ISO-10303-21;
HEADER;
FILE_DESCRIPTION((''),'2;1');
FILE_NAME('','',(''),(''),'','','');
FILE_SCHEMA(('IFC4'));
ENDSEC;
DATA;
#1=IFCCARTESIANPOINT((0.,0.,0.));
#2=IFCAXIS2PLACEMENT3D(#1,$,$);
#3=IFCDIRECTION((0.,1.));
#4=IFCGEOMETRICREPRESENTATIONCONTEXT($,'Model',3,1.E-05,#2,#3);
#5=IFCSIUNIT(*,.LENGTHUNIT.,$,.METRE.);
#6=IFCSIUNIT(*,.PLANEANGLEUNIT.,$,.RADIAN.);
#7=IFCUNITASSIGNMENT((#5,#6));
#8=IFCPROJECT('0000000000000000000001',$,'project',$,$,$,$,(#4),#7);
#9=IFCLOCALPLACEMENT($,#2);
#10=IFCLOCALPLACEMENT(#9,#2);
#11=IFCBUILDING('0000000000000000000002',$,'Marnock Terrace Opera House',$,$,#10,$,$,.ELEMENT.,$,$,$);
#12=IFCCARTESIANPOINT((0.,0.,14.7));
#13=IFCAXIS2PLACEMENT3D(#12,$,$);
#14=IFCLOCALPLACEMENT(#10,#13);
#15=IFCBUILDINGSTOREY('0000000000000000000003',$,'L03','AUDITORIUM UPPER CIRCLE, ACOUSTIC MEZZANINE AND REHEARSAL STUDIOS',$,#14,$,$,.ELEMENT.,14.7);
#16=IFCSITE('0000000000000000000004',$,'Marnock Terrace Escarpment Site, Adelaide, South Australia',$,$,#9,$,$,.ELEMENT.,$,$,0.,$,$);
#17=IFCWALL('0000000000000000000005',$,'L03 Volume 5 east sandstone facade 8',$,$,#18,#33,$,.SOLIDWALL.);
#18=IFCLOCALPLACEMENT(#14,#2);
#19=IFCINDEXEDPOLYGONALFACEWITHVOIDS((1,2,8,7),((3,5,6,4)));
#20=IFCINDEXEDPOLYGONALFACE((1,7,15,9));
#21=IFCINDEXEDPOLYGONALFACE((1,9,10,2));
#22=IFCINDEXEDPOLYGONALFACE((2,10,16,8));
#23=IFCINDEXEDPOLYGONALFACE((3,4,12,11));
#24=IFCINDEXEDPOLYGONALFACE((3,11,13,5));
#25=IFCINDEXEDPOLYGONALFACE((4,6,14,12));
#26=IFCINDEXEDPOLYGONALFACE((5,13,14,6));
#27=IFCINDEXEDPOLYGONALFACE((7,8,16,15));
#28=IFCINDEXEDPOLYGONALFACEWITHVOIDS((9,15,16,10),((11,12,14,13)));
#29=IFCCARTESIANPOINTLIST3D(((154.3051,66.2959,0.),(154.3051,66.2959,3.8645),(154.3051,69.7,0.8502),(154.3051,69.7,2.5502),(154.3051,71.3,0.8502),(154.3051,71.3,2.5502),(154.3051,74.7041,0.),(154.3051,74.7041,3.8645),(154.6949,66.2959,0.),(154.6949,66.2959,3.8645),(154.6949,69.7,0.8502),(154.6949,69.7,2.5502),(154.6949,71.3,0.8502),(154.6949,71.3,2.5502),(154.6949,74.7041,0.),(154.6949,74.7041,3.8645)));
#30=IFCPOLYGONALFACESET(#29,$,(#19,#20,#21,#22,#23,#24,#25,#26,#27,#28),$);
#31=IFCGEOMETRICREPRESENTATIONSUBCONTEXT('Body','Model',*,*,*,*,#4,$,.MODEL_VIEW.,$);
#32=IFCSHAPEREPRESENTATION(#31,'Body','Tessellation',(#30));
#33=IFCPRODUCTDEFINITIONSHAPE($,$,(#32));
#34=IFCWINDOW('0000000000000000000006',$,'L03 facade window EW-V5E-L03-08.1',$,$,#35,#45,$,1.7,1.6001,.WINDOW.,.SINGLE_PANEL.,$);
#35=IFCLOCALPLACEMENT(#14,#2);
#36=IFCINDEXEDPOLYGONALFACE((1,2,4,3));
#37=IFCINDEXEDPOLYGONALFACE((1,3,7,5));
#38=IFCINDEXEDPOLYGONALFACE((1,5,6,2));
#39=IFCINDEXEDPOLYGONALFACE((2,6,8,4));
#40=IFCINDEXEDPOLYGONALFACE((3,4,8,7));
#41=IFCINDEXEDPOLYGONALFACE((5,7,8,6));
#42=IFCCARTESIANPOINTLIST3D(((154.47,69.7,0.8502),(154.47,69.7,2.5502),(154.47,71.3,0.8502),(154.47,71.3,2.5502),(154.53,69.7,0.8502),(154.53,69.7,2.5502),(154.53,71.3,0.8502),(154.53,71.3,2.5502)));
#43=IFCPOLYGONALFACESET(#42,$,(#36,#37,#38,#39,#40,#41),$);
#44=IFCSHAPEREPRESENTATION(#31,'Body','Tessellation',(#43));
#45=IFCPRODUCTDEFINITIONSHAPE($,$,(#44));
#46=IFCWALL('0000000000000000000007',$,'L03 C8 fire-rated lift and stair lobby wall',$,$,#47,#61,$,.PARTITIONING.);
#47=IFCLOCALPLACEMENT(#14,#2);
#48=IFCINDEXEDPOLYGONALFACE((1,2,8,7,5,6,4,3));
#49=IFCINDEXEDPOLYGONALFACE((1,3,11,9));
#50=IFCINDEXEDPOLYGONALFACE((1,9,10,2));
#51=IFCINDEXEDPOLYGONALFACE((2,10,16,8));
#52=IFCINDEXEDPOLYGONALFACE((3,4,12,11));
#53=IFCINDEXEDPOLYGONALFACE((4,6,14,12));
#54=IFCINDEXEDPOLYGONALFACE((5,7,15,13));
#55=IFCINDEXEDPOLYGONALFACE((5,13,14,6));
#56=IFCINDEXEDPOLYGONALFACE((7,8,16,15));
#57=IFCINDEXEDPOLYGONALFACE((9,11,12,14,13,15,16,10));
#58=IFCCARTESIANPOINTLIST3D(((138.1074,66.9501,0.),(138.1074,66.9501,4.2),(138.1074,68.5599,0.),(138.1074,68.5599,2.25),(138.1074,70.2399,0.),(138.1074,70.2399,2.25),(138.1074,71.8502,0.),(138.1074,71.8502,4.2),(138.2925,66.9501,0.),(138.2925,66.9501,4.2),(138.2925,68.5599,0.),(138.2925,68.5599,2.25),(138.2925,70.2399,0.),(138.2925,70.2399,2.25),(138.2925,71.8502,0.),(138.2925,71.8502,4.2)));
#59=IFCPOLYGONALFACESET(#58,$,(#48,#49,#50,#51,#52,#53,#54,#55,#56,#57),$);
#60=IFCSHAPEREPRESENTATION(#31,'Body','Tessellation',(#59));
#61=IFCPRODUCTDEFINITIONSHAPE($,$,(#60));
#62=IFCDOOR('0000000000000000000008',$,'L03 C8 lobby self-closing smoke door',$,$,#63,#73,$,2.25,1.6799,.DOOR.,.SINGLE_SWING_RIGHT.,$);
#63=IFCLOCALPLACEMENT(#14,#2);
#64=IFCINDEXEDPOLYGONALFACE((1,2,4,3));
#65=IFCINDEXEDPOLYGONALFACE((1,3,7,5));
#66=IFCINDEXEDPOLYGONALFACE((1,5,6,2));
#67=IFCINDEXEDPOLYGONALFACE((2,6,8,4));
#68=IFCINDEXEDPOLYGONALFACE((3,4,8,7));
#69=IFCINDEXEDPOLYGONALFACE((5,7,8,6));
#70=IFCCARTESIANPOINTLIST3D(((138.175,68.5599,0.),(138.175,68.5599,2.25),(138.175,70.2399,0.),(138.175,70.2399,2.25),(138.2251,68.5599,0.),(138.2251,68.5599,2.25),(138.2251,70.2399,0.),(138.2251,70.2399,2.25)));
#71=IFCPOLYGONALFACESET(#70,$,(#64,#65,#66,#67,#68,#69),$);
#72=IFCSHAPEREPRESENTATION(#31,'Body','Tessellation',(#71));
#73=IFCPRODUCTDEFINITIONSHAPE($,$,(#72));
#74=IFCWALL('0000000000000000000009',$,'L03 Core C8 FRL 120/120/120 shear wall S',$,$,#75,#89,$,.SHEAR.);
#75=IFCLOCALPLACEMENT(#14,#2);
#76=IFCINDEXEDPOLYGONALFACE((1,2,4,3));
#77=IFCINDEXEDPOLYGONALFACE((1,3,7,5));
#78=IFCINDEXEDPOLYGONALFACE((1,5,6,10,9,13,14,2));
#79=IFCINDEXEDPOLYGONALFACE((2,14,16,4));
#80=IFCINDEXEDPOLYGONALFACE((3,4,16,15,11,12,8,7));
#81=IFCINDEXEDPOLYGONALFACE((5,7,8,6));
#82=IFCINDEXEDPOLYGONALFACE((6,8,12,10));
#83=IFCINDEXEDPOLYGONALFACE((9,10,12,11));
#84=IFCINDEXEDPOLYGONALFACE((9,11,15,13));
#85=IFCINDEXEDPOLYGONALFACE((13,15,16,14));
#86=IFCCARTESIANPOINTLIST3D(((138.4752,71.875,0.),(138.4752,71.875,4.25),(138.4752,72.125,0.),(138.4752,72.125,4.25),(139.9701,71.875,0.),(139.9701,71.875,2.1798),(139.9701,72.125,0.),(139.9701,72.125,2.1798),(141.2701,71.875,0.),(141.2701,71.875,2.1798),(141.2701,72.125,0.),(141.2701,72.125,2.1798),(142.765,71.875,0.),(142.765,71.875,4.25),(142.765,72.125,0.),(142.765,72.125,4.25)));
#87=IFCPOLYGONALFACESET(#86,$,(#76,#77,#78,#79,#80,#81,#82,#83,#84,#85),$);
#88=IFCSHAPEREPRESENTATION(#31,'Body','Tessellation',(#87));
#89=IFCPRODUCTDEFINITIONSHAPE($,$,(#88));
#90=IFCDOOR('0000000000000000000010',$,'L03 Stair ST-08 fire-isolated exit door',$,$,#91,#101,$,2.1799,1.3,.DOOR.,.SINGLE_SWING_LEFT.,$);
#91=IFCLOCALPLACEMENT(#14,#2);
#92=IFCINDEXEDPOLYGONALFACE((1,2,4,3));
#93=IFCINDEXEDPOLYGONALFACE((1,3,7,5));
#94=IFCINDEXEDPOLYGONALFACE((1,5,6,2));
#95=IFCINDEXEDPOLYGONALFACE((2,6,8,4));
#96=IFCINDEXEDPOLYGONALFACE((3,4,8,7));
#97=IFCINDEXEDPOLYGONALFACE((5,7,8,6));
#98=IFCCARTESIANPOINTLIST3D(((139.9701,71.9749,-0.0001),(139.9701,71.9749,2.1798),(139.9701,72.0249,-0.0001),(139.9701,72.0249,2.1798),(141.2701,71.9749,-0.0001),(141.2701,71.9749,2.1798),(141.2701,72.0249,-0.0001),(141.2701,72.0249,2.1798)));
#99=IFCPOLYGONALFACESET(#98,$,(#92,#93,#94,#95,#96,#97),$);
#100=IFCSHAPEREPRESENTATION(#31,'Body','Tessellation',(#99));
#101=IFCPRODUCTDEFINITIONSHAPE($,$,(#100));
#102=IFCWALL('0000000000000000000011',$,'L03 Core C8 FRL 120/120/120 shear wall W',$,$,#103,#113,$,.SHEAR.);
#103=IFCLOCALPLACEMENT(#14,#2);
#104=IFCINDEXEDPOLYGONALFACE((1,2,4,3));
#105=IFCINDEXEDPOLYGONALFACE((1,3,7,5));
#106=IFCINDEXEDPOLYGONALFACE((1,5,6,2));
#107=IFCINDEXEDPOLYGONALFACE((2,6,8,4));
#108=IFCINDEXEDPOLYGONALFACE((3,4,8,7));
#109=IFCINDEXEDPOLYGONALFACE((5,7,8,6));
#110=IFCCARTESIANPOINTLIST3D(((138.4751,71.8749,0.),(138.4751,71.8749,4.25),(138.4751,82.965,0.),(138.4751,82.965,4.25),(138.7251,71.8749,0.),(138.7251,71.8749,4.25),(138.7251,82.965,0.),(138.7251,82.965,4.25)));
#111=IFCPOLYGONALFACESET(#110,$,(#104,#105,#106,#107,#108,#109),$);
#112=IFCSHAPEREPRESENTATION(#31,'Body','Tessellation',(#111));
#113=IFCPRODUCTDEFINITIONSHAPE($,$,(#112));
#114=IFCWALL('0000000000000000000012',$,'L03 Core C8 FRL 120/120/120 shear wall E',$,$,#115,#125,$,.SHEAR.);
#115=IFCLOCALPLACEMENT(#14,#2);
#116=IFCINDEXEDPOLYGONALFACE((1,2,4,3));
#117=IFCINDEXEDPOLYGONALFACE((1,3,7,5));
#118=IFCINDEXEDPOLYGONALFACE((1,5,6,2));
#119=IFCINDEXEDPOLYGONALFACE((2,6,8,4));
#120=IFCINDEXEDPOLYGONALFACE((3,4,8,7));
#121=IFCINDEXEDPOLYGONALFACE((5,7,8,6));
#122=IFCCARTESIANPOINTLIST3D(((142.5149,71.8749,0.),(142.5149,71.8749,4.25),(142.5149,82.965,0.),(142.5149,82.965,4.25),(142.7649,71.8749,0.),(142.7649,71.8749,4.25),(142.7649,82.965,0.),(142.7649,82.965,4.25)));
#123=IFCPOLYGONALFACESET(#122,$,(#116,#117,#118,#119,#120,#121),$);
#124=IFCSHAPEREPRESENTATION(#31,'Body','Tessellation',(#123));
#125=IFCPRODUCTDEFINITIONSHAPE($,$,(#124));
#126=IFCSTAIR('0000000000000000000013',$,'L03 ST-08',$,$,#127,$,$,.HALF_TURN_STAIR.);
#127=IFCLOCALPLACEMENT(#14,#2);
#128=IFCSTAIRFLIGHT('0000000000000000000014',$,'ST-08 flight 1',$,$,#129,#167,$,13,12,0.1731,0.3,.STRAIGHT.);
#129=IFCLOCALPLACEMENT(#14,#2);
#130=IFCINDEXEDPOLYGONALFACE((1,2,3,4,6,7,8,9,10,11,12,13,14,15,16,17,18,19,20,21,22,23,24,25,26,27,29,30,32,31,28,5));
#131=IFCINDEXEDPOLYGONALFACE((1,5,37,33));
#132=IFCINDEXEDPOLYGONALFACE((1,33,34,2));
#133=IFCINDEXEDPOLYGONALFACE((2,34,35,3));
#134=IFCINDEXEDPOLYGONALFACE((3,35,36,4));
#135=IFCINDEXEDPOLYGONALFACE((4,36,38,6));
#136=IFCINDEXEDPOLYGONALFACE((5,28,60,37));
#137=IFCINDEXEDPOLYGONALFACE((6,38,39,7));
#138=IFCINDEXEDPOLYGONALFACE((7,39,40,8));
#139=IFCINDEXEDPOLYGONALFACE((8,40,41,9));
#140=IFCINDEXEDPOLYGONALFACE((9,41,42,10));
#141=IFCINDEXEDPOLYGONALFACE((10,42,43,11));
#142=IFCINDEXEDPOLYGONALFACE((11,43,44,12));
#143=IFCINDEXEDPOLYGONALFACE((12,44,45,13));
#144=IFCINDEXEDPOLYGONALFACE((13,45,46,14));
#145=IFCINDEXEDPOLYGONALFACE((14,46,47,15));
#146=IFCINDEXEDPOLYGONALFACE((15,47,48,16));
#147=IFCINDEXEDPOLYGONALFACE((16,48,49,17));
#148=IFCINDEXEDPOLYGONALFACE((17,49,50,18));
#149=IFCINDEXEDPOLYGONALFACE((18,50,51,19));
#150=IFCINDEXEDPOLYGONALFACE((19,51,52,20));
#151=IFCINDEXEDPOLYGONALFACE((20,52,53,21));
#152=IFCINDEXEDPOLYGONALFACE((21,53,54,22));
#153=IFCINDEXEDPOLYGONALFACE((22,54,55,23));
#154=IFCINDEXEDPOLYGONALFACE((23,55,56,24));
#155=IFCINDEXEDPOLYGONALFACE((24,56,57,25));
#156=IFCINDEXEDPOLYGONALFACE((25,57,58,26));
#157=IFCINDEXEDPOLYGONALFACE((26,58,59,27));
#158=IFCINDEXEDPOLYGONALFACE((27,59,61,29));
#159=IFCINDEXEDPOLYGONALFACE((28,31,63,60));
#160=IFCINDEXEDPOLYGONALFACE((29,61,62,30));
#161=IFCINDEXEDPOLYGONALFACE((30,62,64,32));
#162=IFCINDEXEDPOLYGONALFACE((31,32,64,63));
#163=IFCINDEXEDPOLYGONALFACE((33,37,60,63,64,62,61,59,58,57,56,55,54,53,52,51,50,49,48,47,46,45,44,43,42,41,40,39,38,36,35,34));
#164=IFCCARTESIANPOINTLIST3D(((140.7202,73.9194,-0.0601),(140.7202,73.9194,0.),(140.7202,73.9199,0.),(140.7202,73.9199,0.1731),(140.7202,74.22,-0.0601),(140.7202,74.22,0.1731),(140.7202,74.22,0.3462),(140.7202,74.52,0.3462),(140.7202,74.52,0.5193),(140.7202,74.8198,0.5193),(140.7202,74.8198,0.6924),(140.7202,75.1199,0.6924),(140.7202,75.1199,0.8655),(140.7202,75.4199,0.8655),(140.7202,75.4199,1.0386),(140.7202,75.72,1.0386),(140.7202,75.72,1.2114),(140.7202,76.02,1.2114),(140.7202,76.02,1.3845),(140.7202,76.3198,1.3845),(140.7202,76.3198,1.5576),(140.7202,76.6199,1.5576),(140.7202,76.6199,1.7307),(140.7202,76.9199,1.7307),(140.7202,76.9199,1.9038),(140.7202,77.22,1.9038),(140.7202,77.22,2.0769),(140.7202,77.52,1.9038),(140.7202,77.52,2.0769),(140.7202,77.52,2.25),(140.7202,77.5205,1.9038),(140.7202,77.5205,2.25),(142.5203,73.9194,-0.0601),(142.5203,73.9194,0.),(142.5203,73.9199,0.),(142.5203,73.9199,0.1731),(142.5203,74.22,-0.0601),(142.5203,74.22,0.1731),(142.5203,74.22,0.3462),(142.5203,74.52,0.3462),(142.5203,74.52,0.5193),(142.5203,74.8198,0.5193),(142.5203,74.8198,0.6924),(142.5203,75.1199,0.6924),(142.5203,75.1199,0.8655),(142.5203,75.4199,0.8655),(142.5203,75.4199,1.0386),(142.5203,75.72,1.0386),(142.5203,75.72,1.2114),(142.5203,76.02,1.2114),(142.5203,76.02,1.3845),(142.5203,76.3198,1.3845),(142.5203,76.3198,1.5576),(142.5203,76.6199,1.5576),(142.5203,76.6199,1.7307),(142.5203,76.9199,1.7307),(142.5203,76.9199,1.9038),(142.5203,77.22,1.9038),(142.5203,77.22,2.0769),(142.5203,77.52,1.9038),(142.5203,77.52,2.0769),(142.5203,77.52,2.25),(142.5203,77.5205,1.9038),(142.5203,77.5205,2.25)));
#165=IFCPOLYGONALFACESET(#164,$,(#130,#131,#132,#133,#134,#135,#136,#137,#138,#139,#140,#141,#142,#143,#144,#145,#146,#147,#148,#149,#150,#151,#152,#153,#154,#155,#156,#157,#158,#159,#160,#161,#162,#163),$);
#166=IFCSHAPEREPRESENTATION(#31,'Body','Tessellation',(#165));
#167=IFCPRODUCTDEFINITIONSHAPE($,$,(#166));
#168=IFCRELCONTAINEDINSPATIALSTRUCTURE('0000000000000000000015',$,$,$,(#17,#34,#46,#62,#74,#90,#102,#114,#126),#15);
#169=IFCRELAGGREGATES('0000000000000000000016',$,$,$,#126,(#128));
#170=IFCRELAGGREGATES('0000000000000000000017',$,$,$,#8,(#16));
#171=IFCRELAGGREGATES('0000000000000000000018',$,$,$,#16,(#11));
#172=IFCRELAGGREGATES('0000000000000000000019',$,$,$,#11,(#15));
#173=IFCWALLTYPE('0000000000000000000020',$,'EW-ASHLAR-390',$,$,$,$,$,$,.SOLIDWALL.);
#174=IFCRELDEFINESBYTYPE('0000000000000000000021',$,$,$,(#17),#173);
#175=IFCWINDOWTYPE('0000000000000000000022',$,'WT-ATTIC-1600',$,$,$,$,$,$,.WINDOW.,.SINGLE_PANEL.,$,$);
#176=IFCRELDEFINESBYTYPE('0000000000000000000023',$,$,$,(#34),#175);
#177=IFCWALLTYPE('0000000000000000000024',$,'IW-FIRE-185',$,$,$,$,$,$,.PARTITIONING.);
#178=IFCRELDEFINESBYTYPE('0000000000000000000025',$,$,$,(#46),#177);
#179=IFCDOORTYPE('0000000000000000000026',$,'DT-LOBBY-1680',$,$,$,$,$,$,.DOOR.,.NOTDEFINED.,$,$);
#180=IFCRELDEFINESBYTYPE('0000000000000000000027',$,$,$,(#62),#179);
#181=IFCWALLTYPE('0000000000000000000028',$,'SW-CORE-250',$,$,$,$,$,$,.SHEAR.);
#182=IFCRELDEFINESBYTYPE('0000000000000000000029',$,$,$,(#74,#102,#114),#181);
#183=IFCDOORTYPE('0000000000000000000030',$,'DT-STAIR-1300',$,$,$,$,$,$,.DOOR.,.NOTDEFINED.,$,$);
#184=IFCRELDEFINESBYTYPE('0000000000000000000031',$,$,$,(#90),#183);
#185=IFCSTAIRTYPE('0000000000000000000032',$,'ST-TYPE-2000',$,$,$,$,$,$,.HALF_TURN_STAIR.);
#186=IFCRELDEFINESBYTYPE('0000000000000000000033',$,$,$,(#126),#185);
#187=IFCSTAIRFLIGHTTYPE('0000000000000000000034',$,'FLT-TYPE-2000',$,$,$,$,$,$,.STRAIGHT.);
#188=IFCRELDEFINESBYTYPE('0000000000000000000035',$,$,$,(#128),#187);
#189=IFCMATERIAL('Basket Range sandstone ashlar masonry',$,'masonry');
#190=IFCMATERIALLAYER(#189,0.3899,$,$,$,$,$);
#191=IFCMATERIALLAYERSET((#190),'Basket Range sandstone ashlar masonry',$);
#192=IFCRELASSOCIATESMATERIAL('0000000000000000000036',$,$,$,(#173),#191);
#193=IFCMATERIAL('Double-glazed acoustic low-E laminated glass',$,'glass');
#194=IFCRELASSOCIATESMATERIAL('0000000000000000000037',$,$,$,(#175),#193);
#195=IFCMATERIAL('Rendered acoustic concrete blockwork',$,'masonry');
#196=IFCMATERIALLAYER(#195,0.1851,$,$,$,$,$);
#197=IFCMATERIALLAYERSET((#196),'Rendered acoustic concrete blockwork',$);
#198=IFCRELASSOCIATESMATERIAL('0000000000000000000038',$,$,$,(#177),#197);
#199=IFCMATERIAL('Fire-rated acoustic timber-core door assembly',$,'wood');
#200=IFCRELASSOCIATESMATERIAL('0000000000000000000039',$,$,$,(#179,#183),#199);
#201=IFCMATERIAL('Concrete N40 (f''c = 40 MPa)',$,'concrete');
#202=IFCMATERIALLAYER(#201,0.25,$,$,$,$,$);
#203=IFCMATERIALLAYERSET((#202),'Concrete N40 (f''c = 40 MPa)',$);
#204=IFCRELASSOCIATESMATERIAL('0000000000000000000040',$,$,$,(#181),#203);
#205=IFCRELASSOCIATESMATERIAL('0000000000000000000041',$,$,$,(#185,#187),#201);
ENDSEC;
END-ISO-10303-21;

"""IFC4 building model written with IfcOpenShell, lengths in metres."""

from ifc_helpers import new_model, si_unit, direction, frame, frame_2d, origin, place, context, subcontext, project, spatial, polyline, rectangle, outline, extrude, material, layer, layer_set, type_object, element, fill, aggregate, save


model = new_model("IFC4")

# Units and contexts
model_context = context("Model", 3, precision=1e-05, world=origin(), true_north=direction((0.0, 1.0)))
body_context = subcontext(model_context, "Body", "Model", "MODEL_VIEW")
ifc_project = project(units=[si_unit("LENGTHUNIT", "METRE"), si_unit("PLANEANGLEUNIT", "RADIAN")], contexts=[model_context])

# Site, building, storey
site_placement = place(None, origin())
site = spatial("IfcSite", under=ifc_project, at=site_placement, Name="Marnock Terrace Escarpment Site, Adelaide, South Australia", CompositionType="ELEMENT", RefElevation=0.0)
building_placement = place(site_placement, origin())
building = spatial("IfcBuilding", under=site, at=building_placement, Name="Marnock Terrace Opera House", CompositionType="ELEMENT")
storey_placement = place(building_placement, frame((0.0, 0.0, 14.7)))
storey = spatial("IfcBuildingStorey", under=building, at=storey_placement, Name="L03", Description="AUDITORIUM UPPER CIRCLE, ACOUSTIC MEZZANINE AND REHEARSAL STUDIOS", CompositionType="ELEMENT", Elevation=14.7)

# Shared definitions
ifc_material_1 = material(Name="Concrete N40 (f'c = 40 MPa)", Category="concrete")

# Wall, opening, window
ifc_material_2 = material(Name="Basket Range sandstone ashlar masonry", Category="masonry")
ifc_layer_1 = layer(ifc_material_2, 0.3899)
ifc_layer_set_1 = layer_set([ifc_layer_1], Name="Basket Range sandstone ashlar masonry")
wall_type_1 = type_object("IfcWallType", Name="EW-ASHLAR-390", PredefinedType="SOLIDWALL", material=ifc_layer_set_1)
wall_1_placement = place(storey_placement, frame((154.5, 66.2959, 0.0), z_axis=(0.0, 0.0, 1.0), x_axis=(0.0, 1.0, 0.0)))
wall_1 = element("IfcWall", 1, at=wall_1_placement, inside=storey, type_object=wall_type_1, Name="L03 Volume 5 east sandstone facade 8", PredefinedType="SOLIDWALL", context=body_context, shape_type="SweptSolid", body=[
    extrude(rectangle(XDim=8.4082, YDim=0.3899, at=frame_2d((4.2041, 0.0))), origin(), (0.0, 0.0, 1.0), 3.8645),
])
opening_1_placement = place(wall_1_placement, frame((3.4041, 0.0, 0.8501)))
opening_1 = element("IfcOpeningElement", 2, at=opening_1_placement, cuts=wall_1, PredefinedType="OPENING", context=body_context, shape_type="SweptSolid", body=[
    extrude(rectangle(XDim=1.6001, YDim=1.7, at=frame_2d((0.8, 0.8501))), frame((0.0, 0.2048, 0.0), z_axis=(0.0, -1.0, 0.0), x_axis=(1.0, 0.0, 0.0)), (0.0, 0.0, 1.0), 0.4099),
])
ifc_material_3 = material(Name="Double-glazed acoustic low-E laminated glass", Category="glass")
window_type = type_object("IfcWindowType", Name="WT-ATTIC-1600", PartitioningType="SINGLE_PANEL", PredefinedType="WINDOW", material=ifc_material_3)
window_placement = place(opening_1_placement, origin())
window = element("IfcWindow", 3, at=window_placement, inside=storey, type_object=window_type, Name="L03 facade window EW-V5E-L03-08.1", OverallHeight=1.7, OverallWidth=1.6001, PartitioningType="SINGLE_PANEL", PredefinedType="WINDOW", context=body_context, shape_type="SweptSolid", body=[
    extrude(rectangle(XDim=1.6001, YDim=1.7, at=frame_2d((0.8, 0.8501))), frame((0.0, 0.03, 0.0), z_axis=(0.0, -1.0, 0.0), x_axis=(1.0, 0.0, 0.0)), (0.0, 0.0, 1.0), 0.0601),
])
fill(opening_1, window)

# Walls, openings, doors
ifc_material_4 = material(Name="Rendered acoustic concrete blockwork", Category="masonry")
ifc_layer_2 = layer(ifc_material_4, 0.1851)
ifc_layer_set_2 = layer_set([ifc_layer_2], Name="Rendered acoustic concrete blockwork")
wall_type_2 = type_object("IfcWallType", Name="IW-FIRE-185", PredefinedType="PARTITIONING", material=ifc_layer_set_2)
wall_2_placement = place(storey_placement, frame((138.2, 66.95, 0.0), z_axis=(0.0, 0.0, 1.0), x_axis=(0.0, 1.0, 0.0)))
wall_2 = element("IfcWall", 4, at=wall_2_placement, inside=storey, type_object=wall_type_2, Name="L03 C8 fire-rated lift and stair lobby wall", PredefinedType="PARTITIONING", context=body_context, shape_type="SweptSolid", body=[
    extrude(rectangle(XDim=4.9001, YDim=0.1851, at=frame_2d((2.4502, 0.0))), origin(), (0.0, 0.0, 1.0), 4.2),
])
opening_2_placement = place(wall_2_placement, frame((1.6101, 0.0, 0.0)))
opening_2 = element("IfcOpeningElement", 5, at=opening_2_placement, cuts=wall_2, PredefinedType="OPENING", context=body_context, shape_type="SweptSolid", body=[
    extrude(rectangle(XDim=1.6799, YDim=2.25, at=frame_2d((0.8398, 1.125))), frame((0.0, 0.1025, 0.0), z_axis=(0.0, -1.0, 0.0), x_axis=(1.0, 0.0, 0.0)), (0.0, 0.0, 1.0), 0.2051),
])
ifc_material_5 = material(Name="Fire-rated acoustic timber-core door assembly", Category="wood")
door_type_1 = type_object("IfcDoorType", Name="DT-LOBBY-1680", OperationType="NOTDEFINED", PredefinedType="DOOR", material=ifc_material_5)
door_1_placement = place(opening_2_placement, origin())
door_1 = element("IfcDoor", 6, at=door_1_placement, inside=storey, type_object=door_type_1, Name="L03 C8 lobby self-closing smoke door", OperationType="SINGLE_SWING_RIGHT", OverallHeight=2.25, OverallWidth=1.6799, PredefinedType="DOOR", context=body_context, shape_type="SweptSolid", body=[
    extrude(rectangle(XDim=1.6799, YDim=2.25, at=frame_2d((0.8398, 1.125))), frame((0.0, 0.0249, 0.0), z_axis=(0.0, -1.0, 0.0), x_axis=(1.0, 0.0, 0.0)), (0.0, 0.0, 1.0), 0.05),
])
fill(opening_2, door_1)
ifc_layer_3 = layer(ifc_material_1, 0.25)
ifc_layer_set_3 = layer_set([ifc_layer_3], Name="Concrete N40 (f'c = 40 MPa)")
wall_type_3 = type_object("IfcWallType", Name="SW-CORE-250", PredefinedType="SHEAR", material=ifc_layer_set_3)
wall_3_placement = place(storey_placement, frame((138.4751, 72.0, 0.0), z_axis=(0.0, 0.0, 1.0), x_axis=(1.0, 0.0, 0.0)))
wall_3 = element("IfcWall", 7, at=wall_3_placement, inside=storey, type_object=wall_type_3, Name="L03 Core C8 FRL 120/120/120 shear wall S", PredefinedType="SHEAR", context=body_context, shape_type="SweptSolid", body=[
    extrude(rectangle(XDim=4.2898, YDim=0.25, at=frame_2d((2.145, 0.0))), origin(), (0.0, 0.0, 1.0), 4.25),
])
opening_3_placement = place(wall_3_placement, frame((1.4951, 0.0, 0.0)))
opening_3 = element("IfcOpeningElement", 8, at=opening_3_placement, cuts=wall_3, PredefinedType="OPENING", context=body_context, shape_type="SweptSolid", body=[
    extrude(rectangle(XDim=1.3, YDim=2.1799, at=frame_2d((0.6499, 1.0898))), frame((0.0, 0.135, 0.0), z_axis=(0.0, -1.0, 0.0), x_axis=(1.0, 0.0, 0.0)), (0.0, 0.0, 1.0), 0.27),
])
door_type_2 = type_object("IfcDoorType", Name="DT-STAIR-1300", OperationType="NOTDEFINED", PredefinedType="DOOR", material=ifc_material_5)
door_2_placement = place(opening_3_placement, origin())
door_2 = element("IfcDoor", 9, at=door_2_placement, inside=storey, type_object=door_type_2, Name="L03 Stair ST-08 fire-isolated exit door", OperationType="SINGLE_SWING_LEFT", OverallHeight=2.1799, OverallWidth=1.3, PredefinedType="DOOR", context=body_context, shape_type="SweptSolid", body=[
    extrude(rectangle(XDim=1.3, YDim=2.1799, at=frame_2d((0.6499, 1.0898))), frame((0.0, 0.0249, 0.0), z_axis=(0.0, -1.0, 0.0), x_axis=(1.0, 0.0, 0.0)), (0.0, 0.0, 1.0), 0.05),
])
fill(opening_3, door_2)

# Walls
for number, where, z_axis, x_axis, name in (
    (10, (138.6001, 71.875, 0.0), (0.0, 0.0, 1.0), (0.0, 1.0, 0.0), "L03 Core C8 FRL 120/120/120 shear wall W"),
    (11, (142.6399, 71.875, 0.0), (0.0, 0.0, 1.0), (0.0, 1.0, 0.0), "L03 Core C8 FRL 120/120/120 shear wall E"),
):
    element("IfcWall", number, at=place(storey_placement, frame(where, z_axis=z_axis, x_axis=x_axis)), inside=storey, type_object=wall_type_3, Name=name, PredefinedType="SHEAR", context=body_context, shape_type="SweptSolid", body=[
        extrude(rectangle(XDim=11.0901, YDim=0.25, at=frame_2d((5.5449, 0.0))), origin(), (0.0, 0.0, 1.0), 4.25),
    ])

# Stair, stair flight
stair_type = type_object("IfcStairType", Name="ST-TYPE-2000", PredefinedType="HALF_TURN_STAIR", material=ifc_material_1)
stair_placement = place(storey_placement, origin())
stair = element("IfcStair", 12, at=stair_placement, inside=storey, type_object=stair_type, Name="L03 ST-08", PredefinedType="HALF_TURN_STAIR")
stair_flight_type = type_object("IfcStairFlightType", Name="FLT-TYPE-2000", PredefinedType="STRAIGHT", material=ifc_material_1)
stair_flight_placement = place(storey_placement, frame((141.6201, 73.9199, 0.0), z_axis=(0.0, 0.0, 1.0), x_axis=(0.0, 1.0, 0.0)))
stair_flight = element("IfcStairFlight", 13, at=stair_flight_placement, type_object=stair_flight_type, Name="ST-08 flight 1", NumberOfRisers=13, NumberOfTreads=12, PredefinedType="STRAIGHT", RiserHeight=0.1731, TreadLength=0.3, context=body_context, shape_type="SweptSolid", body=[
    extrude(outline(polyline([(-0.0005, -0.0601), (-0.0005, 0.0), (0.0, 0.0), (0.0, 0.1731), (0.3, 0.1731), (0.3, 0.3462), (0.6001, 0.3462), (0.6001, 0.5193), (0.8999, 0.5193), (0.8999, 0.6924), (1.2, 0.6924), (1.2, 0.8655), (1.5, 0.8655), (1.5, 1.0386), (1.8, 1.0386), (1.8, 1.2114), (2.1001, 1.2114), (2.1001, 1.3845), (2.3999, 1.3845), (2.3999, 1.5576), (2.7, 1.5576), (2.7, 1.7307), (3.0, 1.7307), (3.0, 1.9038), (3.3, 1.9038), (3.3, 2.0769), (3.6001, 2.0769), (3.6001, 2.25), (3.6006, 2.25), (3.6006, 1.9038), (3.6001, 1.9038), (0.3, -0.0601), (-0.0005, -0.0601)])), frame((0.0, 0.8999, 0.0), z_axis=(0.0, -1.0, 0.0), x_axis=(1.0, 0.0, 0.0)), (0.0, 0.0, 1.0), 1.8),
])
aggregate(stair, [stair_flight])

save(model, "model.ifc")
